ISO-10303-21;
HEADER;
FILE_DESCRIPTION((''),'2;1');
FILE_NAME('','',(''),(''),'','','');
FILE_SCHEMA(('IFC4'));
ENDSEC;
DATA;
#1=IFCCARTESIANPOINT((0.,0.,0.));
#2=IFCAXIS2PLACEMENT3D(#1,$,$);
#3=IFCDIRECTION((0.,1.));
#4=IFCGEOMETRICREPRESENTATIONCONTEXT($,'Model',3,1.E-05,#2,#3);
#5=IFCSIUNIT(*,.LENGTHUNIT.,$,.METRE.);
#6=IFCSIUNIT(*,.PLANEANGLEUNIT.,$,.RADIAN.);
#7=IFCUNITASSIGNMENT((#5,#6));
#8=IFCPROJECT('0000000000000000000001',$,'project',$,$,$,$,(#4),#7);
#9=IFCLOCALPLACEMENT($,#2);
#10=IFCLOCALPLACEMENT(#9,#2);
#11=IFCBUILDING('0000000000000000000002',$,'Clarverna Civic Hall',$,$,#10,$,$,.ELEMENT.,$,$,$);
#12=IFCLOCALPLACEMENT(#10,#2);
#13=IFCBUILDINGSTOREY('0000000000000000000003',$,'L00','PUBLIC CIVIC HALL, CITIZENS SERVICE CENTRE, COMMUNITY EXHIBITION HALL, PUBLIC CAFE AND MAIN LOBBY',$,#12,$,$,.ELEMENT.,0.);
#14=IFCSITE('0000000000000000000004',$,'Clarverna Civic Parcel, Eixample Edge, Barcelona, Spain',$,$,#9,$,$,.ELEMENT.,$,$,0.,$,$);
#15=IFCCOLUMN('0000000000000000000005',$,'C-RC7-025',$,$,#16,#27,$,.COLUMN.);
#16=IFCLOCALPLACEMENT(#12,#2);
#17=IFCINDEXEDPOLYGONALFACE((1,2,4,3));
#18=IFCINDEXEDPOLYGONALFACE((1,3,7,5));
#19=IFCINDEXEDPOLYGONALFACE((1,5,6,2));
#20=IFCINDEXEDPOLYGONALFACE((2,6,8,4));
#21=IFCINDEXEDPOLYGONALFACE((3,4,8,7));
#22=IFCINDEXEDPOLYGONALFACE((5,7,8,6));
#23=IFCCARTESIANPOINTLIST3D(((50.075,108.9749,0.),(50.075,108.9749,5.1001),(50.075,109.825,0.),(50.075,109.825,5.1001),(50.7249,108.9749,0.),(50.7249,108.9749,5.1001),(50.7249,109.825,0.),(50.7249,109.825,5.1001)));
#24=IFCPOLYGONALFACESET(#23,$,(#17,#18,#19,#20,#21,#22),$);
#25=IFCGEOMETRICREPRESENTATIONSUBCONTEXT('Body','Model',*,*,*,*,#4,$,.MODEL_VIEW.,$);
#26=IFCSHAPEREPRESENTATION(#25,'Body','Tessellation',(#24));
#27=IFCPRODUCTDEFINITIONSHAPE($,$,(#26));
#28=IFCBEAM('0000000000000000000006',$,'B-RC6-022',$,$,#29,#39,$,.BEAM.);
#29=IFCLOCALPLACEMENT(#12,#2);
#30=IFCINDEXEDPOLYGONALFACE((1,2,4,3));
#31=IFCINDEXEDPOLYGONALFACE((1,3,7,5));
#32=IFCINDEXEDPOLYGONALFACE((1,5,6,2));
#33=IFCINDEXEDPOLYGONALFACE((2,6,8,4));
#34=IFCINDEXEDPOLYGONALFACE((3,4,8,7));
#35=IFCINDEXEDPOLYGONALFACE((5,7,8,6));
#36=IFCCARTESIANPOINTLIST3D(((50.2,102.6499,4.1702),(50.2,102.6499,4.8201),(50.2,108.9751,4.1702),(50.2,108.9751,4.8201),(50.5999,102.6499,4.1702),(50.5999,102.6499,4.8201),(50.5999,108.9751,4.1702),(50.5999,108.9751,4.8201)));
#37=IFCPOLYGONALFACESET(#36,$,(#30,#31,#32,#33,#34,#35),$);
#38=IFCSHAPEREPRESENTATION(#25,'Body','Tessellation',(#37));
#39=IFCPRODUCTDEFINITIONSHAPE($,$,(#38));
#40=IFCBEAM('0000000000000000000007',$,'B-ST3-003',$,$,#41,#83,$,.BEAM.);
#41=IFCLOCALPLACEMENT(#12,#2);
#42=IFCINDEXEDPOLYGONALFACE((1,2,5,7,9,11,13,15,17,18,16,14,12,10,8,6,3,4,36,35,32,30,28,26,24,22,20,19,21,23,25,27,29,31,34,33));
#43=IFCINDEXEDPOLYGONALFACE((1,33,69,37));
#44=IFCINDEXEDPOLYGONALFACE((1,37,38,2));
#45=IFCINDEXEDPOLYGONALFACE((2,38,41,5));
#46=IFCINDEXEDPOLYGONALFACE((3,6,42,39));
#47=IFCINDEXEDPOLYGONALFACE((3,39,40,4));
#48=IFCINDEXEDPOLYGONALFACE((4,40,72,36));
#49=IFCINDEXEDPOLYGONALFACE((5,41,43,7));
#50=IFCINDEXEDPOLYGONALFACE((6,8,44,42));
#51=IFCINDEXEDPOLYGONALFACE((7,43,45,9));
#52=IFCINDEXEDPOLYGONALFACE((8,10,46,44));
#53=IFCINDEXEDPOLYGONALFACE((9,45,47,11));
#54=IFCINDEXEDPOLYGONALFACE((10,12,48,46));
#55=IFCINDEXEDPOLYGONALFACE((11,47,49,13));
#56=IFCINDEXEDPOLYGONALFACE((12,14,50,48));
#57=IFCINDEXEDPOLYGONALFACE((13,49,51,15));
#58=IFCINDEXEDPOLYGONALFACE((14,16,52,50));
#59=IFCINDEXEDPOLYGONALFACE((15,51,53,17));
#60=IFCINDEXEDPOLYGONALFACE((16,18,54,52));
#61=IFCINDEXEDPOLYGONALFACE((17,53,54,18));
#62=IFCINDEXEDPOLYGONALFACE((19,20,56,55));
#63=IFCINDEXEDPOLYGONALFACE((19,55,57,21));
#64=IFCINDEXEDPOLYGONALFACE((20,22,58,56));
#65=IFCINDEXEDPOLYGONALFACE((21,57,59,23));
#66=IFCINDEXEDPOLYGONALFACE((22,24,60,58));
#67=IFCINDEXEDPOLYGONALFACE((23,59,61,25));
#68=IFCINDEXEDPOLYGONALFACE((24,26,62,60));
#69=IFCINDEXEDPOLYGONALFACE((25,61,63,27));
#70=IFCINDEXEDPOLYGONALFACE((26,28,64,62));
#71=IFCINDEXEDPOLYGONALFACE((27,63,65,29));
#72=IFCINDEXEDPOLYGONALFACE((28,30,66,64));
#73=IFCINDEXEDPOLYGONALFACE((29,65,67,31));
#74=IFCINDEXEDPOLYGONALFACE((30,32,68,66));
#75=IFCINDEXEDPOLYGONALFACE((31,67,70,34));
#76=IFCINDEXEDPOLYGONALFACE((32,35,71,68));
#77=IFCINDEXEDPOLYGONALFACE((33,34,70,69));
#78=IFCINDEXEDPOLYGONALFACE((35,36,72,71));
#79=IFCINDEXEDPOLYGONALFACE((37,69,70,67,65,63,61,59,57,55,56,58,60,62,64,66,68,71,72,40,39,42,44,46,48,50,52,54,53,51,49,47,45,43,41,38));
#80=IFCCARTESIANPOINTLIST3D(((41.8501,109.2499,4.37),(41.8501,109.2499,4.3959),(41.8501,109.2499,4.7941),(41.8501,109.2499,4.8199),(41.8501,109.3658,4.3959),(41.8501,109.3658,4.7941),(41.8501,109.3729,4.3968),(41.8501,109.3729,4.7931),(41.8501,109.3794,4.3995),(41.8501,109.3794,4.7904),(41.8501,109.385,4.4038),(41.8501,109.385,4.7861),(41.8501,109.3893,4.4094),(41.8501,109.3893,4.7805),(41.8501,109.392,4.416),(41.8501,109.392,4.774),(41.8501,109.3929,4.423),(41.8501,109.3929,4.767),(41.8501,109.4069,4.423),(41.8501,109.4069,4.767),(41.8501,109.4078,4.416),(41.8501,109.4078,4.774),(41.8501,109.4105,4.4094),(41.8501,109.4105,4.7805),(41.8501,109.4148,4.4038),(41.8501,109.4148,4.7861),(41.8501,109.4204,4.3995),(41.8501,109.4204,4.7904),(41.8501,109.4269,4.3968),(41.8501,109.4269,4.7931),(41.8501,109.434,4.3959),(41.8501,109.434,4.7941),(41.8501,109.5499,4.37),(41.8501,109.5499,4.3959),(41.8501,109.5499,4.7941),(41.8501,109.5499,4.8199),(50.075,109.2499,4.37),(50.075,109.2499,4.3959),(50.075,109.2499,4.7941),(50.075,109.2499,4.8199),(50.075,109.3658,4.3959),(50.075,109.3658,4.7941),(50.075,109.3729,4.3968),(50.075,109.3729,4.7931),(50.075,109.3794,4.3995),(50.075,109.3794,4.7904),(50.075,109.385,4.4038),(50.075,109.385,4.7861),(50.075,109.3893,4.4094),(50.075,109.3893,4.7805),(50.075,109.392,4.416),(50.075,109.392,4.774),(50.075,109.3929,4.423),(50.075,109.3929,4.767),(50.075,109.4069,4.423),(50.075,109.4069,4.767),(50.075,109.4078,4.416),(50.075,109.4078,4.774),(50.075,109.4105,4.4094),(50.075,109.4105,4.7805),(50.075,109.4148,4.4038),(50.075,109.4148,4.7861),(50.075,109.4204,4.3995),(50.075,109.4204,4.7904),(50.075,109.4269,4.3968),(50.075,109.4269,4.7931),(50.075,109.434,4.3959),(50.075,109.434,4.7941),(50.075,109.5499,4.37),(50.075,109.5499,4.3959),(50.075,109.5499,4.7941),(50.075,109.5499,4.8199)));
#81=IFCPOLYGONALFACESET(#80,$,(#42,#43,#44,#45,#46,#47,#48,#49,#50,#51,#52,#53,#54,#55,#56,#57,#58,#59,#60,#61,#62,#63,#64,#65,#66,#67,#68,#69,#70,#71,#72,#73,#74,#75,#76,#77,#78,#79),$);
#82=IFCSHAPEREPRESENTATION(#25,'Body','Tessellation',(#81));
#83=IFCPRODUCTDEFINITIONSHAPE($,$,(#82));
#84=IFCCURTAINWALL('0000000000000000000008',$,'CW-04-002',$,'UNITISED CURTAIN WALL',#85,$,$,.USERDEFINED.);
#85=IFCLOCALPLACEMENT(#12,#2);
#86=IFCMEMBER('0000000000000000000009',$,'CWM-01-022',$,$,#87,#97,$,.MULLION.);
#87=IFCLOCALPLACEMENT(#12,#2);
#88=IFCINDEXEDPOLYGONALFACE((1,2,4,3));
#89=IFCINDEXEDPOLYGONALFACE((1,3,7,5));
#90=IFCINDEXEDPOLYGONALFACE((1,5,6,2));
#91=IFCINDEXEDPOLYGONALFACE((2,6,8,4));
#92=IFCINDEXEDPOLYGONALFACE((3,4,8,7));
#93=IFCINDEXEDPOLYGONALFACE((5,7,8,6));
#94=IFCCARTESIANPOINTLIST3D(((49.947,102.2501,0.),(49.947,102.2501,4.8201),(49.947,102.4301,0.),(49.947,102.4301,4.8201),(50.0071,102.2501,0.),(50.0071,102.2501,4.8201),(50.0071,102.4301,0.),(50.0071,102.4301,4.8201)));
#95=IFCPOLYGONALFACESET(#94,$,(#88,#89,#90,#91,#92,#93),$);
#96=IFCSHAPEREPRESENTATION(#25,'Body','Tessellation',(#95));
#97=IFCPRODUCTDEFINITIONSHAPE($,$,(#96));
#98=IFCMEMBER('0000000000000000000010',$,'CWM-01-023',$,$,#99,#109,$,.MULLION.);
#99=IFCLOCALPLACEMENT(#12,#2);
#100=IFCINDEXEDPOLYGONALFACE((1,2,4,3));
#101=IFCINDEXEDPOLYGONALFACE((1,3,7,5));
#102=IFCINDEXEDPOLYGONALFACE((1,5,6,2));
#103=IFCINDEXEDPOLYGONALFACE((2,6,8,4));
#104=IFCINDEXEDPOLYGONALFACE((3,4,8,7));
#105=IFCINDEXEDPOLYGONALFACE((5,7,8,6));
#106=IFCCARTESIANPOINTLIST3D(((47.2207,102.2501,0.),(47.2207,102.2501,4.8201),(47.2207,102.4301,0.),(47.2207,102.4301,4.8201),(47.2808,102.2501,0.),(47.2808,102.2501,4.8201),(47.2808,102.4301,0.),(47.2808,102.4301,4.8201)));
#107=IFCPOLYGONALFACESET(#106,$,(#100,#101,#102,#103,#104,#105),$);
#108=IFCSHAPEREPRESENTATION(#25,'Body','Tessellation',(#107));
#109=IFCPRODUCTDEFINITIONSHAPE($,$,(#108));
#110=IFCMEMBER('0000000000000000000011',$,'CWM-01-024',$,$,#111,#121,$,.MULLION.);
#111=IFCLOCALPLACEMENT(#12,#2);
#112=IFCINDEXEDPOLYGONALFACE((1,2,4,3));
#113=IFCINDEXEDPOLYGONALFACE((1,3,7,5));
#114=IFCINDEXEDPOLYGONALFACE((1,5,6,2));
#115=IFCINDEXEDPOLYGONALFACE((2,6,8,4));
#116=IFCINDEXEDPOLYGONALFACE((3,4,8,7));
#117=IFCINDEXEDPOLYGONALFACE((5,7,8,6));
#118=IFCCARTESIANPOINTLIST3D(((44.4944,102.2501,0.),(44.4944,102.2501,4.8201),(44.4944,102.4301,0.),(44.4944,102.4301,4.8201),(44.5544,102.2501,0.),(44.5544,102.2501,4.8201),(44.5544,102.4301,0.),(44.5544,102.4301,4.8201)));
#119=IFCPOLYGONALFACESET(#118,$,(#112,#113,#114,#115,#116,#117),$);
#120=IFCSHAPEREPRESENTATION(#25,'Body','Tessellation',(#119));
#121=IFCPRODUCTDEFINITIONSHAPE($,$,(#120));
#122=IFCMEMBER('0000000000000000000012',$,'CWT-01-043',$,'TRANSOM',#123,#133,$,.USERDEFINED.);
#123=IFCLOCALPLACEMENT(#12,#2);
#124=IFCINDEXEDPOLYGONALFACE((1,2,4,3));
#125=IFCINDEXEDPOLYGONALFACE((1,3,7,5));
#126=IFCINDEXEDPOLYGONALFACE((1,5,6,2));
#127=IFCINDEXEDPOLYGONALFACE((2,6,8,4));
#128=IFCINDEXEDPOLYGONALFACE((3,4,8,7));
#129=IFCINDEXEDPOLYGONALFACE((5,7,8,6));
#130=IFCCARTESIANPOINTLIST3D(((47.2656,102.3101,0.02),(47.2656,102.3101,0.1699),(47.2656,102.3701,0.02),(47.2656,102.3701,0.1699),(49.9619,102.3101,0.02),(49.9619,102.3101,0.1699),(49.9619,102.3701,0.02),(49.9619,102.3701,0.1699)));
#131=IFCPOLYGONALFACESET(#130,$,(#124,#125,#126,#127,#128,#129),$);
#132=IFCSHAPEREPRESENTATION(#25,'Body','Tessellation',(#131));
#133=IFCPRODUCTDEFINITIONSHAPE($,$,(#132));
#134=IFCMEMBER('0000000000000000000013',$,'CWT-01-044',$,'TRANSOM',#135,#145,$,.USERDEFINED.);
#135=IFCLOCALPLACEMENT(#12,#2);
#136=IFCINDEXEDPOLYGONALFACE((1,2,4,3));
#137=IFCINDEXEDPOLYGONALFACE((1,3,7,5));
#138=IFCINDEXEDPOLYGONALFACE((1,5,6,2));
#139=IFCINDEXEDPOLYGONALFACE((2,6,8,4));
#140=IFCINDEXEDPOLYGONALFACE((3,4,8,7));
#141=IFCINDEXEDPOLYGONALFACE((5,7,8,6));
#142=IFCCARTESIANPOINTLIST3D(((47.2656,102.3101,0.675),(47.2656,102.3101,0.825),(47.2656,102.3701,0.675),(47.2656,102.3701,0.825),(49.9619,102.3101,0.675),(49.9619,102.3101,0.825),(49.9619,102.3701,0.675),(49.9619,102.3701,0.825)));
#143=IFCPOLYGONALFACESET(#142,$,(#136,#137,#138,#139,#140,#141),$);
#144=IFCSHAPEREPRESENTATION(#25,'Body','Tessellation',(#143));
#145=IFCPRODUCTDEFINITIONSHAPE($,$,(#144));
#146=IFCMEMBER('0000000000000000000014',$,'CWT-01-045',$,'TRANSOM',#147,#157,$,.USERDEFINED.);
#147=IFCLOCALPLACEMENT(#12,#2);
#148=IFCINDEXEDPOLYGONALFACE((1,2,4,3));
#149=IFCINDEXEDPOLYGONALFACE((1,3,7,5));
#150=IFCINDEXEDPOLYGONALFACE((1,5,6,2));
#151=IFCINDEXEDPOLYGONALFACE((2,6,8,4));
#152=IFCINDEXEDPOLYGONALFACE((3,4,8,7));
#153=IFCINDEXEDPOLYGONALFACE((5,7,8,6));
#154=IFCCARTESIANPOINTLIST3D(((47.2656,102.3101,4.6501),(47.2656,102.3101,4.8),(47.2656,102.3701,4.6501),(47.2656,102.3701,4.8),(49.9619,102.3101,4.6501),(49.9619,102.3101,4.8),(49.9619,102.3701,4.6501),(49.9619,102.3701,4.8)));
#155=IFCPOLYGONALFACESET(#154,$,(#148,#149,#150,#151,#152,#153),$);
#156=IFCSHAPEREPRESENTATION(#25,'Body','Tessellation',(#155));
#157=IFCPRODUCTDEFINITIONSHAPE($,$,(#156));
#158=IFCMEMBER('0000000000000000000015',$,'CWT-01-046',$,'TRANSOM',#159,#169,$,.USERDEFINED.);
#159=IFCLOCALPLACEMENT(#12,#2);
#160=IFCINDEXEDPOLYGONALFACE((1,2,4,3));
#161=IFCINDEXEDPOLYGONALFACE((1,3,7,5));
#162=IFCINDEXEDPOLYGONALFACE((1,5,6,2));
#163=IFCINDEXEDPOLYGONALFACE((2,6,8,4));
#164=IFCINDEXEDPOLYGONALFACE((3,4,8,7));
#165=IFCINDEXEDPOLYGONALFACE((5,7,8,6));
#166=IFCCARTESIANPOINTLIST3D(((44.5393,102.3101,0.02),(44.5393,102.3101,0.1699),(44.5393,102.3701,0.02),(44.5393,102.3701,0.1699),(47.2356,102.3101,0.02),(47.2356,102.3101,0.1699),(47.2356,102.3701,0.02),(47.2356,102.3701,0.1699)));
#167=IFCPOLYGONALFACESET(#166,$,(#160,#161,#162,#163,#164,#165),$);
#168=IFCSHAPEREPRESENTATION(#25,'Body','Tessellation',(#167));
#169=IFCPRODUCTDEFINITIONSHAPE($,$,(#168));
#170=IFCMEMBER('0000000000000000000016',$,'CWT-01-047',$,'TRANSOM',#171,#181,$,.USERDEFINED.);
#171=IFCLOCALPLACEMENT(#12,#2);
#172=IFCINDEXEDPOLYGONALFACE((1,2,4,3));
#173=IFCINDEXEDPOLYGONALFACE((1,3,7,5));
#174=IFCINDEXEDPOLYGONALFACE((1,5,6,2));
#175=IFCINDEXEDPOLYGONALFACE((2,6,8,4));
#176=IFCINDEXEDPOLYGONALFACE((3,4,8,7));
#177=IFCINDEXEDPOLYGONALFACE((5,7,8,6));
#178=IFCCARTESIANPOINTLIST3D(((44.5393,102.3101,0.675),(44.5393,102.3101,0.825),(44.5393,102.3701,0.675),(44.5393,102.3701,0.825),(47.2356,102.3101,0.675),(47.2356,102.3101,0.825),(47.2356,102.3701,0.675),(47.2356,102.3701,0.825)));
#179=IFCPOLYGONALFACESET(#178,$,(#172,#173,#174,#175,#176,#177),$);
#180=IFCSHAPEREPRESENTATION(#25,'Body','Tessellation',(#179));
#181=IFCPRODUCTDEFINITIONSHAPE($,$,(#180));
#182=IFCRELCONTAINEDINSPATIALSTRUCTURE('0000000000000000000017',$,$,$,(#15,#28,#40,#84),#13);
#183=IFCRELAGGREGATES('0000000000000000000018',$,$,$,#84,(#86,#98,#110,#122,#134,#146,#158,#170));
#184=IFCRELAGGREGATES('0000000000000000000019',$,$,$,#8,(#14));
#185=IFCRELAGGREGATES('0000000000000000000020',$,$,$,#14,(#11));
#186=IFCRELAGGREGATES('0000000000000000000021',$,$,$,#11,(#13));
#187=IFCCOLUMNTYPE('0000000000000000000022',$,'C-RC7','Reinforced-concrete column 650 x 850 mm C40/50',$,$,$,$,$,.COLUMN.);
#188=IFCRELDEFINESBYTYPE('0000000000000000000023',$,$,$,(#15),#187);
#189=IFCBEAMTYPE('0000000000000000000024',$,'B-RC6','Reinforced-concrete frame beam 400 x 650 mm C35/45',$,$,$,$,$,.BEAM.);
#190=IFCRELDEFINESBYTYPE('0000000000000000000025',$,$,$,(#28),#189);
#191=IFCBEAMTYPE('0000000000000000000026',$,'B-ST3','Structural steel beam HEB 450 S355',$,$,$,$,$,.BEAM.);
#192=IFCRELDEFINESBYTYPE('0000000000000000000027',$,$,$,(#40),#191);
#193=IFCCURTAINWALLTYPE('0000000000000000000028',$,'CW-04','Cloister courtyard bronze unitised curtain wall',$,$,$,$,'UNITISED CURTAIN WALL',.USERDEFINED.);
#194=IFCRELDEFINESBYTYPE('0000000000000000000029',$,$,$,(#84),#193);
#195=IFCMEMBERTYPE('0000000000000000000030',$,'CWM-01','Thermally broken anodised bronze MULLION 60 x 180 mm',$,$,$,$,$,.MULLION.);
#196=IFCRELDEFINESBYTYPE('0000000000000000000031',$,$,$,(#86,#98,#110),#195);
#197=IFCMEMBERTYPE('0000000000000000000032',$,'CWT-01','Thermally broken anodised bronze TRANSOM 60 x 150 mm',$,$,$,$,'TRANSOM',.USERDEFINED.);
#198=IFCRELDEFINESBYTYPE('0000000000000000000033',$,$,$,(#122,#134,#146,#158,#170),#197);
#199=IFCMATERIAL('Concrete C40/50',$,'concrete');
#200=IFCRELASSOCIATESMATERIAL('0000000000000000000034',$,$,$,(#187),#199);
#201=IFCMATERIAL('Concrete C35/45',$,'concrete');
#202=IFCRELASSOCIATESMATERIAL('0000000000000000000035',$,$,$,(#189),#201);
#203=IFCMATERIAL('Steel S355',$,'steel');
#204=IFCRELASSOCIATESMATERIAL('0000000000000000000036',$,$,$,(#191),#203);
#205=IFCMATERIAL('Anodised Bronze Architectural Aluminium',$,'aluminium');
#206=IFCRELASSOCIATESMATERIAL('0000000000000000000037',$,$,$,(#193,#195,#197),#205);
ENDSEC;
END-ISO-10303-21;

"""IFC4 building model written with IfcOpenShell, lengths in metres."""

from ifc_helpers import new_model, si_unit, direction, frame, origin, origin_2d, place, context, subcontext, project, spatial, rectangle, i_section, extrude, material, material_profile, profile_set, type_object, element, aggregate, save


model = new_model("IFC4")

# Units and contexts
model_context = context("Model", 3, precision=1e-05, world=origin(), true_north=direction((0.0, 1.0)))
body_context = subcontext(model_context, "Body", "Model", "MODEL_VIEW")
ifc_project = project(units=[si_unit("LENGTHUNIT", "METRE"), si_unit("PLANEANGLEUNIT", "RADIAN")], contexts=[model_context])

# Site, building, storey
site_placement = place(None, origin())
site = spatial("IfcSite", under=ifc_project, at=site_placement, Name="Clarverna Civic Parcel, Eixample Edge, Barcelona, Spain", CompositionType="ELEMENT", RefElevation=0.0)
building_placement = place(site_placement, origin())
building = spatial("IfcBuilding", under=site, at=building_placement, Name="Clarverna Civic Hall", CompositionType="ELEMENT")
storey_placement = place(building_placement, origin())
storey = spatial("IfcBuildingStorey", under=building, at=storey_placement, Name="L00", Description="PUBLIC CIVIC HALL, CITIZENS SERVICE CENTRE, COMMUNITY EXHIBITION HALL, PUBLIC CAFE AND MAIN LOBBY", CompositionType="ELEMENT", Elevation=0.0)

# Column
ifc_material_1 = material(Name="Concrete C40/50", Category="concrete")
ifc_material_profile_1 = material_profile(ifc_material_1, rectangle(XDim=0.6499, YDim=0.8501, at=origin_2d()), Name="RC 650x850")
ifc_profile_set_1 = profile_set([ifc_material_profile_1], Name="Concrete C40/50")
column_type = type_object("IfcColumnType", Name="C-RC7", Description="Reinforced-concrete column 650 x 850 mm C40/50", PredefinedType="COLUMN", material=ifc_profile_set_1)
column_placement = place(storey_placement, frame((50.3999, 109.3999, 0.0), z_axis=(0.0, 0.0, 1.0), x_axis=(1.0, 0.0, 0.0)))
element("IfcColumn", 1, at=column_placement, inside=storey, type_object=column_type, Name="C-RC7-025", PredefinedType="COLUMN", context=body_context, shape_type="SweptSolid", body=[
    extrude(rectangle(XDim=0.6499, YDim=0.8501, at=origin_2d()), origin(), (0.0, 0.0, 1.0), 5.1001),
])

# Beams
ifc_material_2 = material(Name="Concrete C35/45", Category="concrete")
ifc_material_profile_2 = material_profile(ifc_material_2, rectangle(XDim=0.3999, YDim=0.6499, at=origin_2d()), Name="RC 400x650")
ifc_profile_set_2 = profile_set([ifc_material_profile_2], Name="Concrete C35/45")
beam_type_1 = type_object("IfcBeamType", Name="B-RC6", Description="Reinforced-concrete frame beam 400 x 650 mm C35/45", PredefinedType="BEAM", material=ifc_profile_set_2)
beam_1_placement = place(storey_placement, frame((50.3999, 102.6499, 4.4951), z_axis=(0.0, 1.0, 0.0), x_axis=(-1.0, 0.0, 0.0)))
element("IfcBeam", 2, at=beam_1_placement, inside=storey, type_object=beam_type_1, Name="B-RC6-022", PredefinedType="BEAM", context=body_context, shape_type="SweptSolid", body=[
    extrude(rectangle(XDim=0.3999, YDim=0.6499, at=origin_2d()), origin(), (0.0, 0.0, 1.0), 6.3252),
])
ifc_material_3 = material(Name="Steel S355", Category="steel")
ifc_material_profile_3 = material_profile(ifc_material_3, i_section(OverallWidth=0.3, OverallDepth=0.45, WebThickness=0.0139, FlangeThickness=0.0259, FilletRadius=0.0271, at=origin_2d()), Name="HEB 450")
ifc_profile_set_3 = profile_set([ifc_material_profile_3], Name="Steel S355")
beam_type_2 = type_object("IfcBeamType", Name="B-ST3", Description="Structural steel beam HEB 450 S355", PredefinedType="BEAM", material=ifc_profile_set_3)
beam_2_placement = place(storey_placement, frame((41.8501, 109.3999, 4.595), z_axis=(1.0, 0.0, 0.0), x_axis=(0.0, 1.0, 0.0)))
element("IfcBeam", 3, at=beam_2_placement, inside=storey, type_object=beam_type_2, Name="B-ST3-003", PredefinedType="BEAM", context=body_context, shape_type="SweptSolid", body=[
    extrude(i_section(OverallWidth=0.3, OverallDepth=0.45, WebThickness=0.0139, FlangeThickness=0.0259, FilletRadius=0.0271, at=origin_2d()), origin(), (0.0, 0.0, 1.0), 8.2249),
])

# Curtain wall, members
ifc_material_4 = material(Name="Anodised Bronze Architectural Aluminium", Category="aluminium")
curtain_wall_type = type_object("IfcCurtainWallType", Name="CW-04", Description="Cloister courtyard bronze unitised curtain wall", ElementType="UNITISED CURTAIN WALL", PredefinedType="USERDEFINED", material=ifc_material_4)
curtain_wall_placement = place(storey_placement, origin())
curtain_wall = element("IfcCurtainWall", 4, at=curtain_wall_placement, inside=storey, type_object=curtain_wall_type, Name="CW-04-002", ObjectType="UNITISED CURTAIN WALL", PredefinedType="USERDEFINED")
ifc_material_profile_4 = material_profile(ifc_material_4, rectangle(XDim=0.0601, YDim=0.1799, at=origin_2d()), Name="BRONZE 60x180")
ifc_profile_set_4 = profile_set([ifc_material_profile_4], Name="Anodised Bronze Architectural Aluminium")
member_type_1 = type_object("IfcMemberType", Name="CWM-01", Description="Thermally broken anodised bronze MULLION 60 x 180 mm", PredefinedType="MULLION", material=ifc_profile_set_4)
member_1_placement = place(storey_placement, frame((49.9771, 102.3401, 0.0), z_axis=(0.0, 0.0, 1.0), x_axis=(1.0, 0.0, 0.0)))
member_1 = element("IfcMember", 5, at=member_1_placement, type_object=member_type_1, Name="CWM-01-022", PredefinedType="MULLION", context=body_context, shape_type="SweptSolid", body=[
    extrude(rectangle(XDim=0.0601, YDim=0.1799, at=origin_2d()), origin(), (0.0, 0.0, 1.0), 4.8201),
])
member_2_placement = place(storey_placement, frame((47.2507, 102.3401, 0.0), z_axis=(0.0, 0.0, 1.0), x_axis=(1.0, 0.0, 0.0)))
member_2 = element("IfcMember", 6, at=member_2_placement, type_object=member_type_1, Name="CWM-01-023", PredefinedType="MULLION", context=body_context, shape_type="SweptSolid", body=[
    extrude(rectangle(XDim=0.0601, YDim=0.1799, at=origin_2d()), origin(), (0.0, 0.0, 1.0), 4.8201),
])
member_3_placement = place(storey_placement, frame((44.5244, 102.3401, 0.0), z_axis=(0.0, 0.0, 1.0), x_axis=(1.0, 0.0, 0.0)))
member_3 = element("IfcMember", 7, at=member_3_placement, type_object=member_type_1, Name="CWM-01-024", PredefinedType="MULLION", context=body_context, shape_type="SweptSolid", body=[
    extrude(rectangle(XDim=0.0601, YDim=0.1799, at=origin_2d()), origin(), (0.0, 0.0, 1.0), 4.8201),
])
ifc_material_profile_5 = material_profile(ifc_material_4, rectangle(XDim=0.0601, YDim=0.1499, at=origin_2d()), Name="BRONZE 60x150")
ifc_profile_set_5 = profile_set([ifc_material_profile_5], Name="Anodised Bronze Architectural Aluminium")
member_type_2 = type_object("IfcMemberType", Name="CWT-01", Description="Thermally broken anodised bronze TRANSOM 60 x 150 mm", ElementType="TRANSOM", PredefinedType="USERDEFINED", material=ifc_profile_set_5)
member_4_placement = place(storey_placement, frame((49.9619, 102.3401, 0.095), z_axis=(-1.0, 0.0, 0.0), x_axis=(0.0, -1.0, 0.0)))
member_4 = element("IfcMember", 8, at=member_4_placement, type_object=member_type_2, Name="CWT-01-043", ObjectType="TRANSOM", PredefinedType="USERDEFINED", context=body_context, shape_type="SweptSolid", body=[
    extrude(rectangle(XDim=0.0601, YDim=0.1499, at=origin_2d()), origin(), (0.0, 0.0, 1.0), 2.6963),
])
member_5_placement = place(storey_placement, frame((49.9619, 102.3401, 0.75), z_axis=(-1.0, 0.0, 0.0), x_axis=(0.0, -1.0, 0.0)))
member_5 = element("IfcMember", 9, at=member_5_placement, type_object=member_type_2, Name="CWT-01-044", ObjectType="TRANSOM", PredefinedType="USERDEFINED", context=body_context, shape_type="SweptSolid", body=[
    extrude(rectangle(XDim=0.0601, YDim=0.1499, at=origin_2d()), origin(), (0.0, 0.0, 1.0), 2.6963),
])
member_6_placement = place(storey_placement, frame((49.9619, 102.3401, 4.7251), z_axis=(-1.0, 0.0, 0.0), x_axis=(0.0, -1.0, 0.0)))
member_6 = element("IfcMember", 10, at=member_6_placement, type_object=member_type_2, Name="CWT-01-045", ObjectType="TRANSOM", PredefinedType="USERDEFINED", context=body_context, shape_type="SweptSolid", body=[
    extrude(rectangle(XDim=0.0601, YDim=0.1499, at=origin_2d()), origin(), (0.0, 0.0, 1.0), 2.6963),
])
member_7_placement = place(storey_placement, frame((47.2356, 102.3401, 0.095), z_axis=(-1.0, 0.0, 0.0), x_axis=(0.0, -1.0, 0.0)))
member_7 = element("IfcMember", 11, at=member_7_placement, type_object=member_type_2, Name="CWT-01-046", ObjectType="TRANSOM", PredefinedType="USERDEFINED", context=body_context, shape_type="SweptSolid", body=[
    extrude(rectangle(XDim=0.0601, YDim=0.1499, at=origin_2d()), origin(), (0.0, 0.0, 1.0), 2.6963),
])
member_8_placement = place(storey_placement, frame((47.2356, 102.3401, 0.75), z_axis=(-1.0, 0.0, 0.0), x_axis=(0.0, -1.0, 0.0)))
member_8 = element("IfcMember", 12, at=member_8_placement, type_object=member_type_2, Name="CWT-01-047", ObjectType="TRANSOM", PredefinedType="USERDEFINED", context=body_context, shape_type="SweptSolid", body=[
    extrude(rectangle(XDim=0.0601, YDim=0.1499, at=origin_2d()), origin(), (0.0, 0.0, 1.0), 2.6963),
])

aggregate(curtain_wall, [member_1, member_2, member_3, member_4, member_5, member_6, member_7, member_8])

save(model, "model.ifc")
